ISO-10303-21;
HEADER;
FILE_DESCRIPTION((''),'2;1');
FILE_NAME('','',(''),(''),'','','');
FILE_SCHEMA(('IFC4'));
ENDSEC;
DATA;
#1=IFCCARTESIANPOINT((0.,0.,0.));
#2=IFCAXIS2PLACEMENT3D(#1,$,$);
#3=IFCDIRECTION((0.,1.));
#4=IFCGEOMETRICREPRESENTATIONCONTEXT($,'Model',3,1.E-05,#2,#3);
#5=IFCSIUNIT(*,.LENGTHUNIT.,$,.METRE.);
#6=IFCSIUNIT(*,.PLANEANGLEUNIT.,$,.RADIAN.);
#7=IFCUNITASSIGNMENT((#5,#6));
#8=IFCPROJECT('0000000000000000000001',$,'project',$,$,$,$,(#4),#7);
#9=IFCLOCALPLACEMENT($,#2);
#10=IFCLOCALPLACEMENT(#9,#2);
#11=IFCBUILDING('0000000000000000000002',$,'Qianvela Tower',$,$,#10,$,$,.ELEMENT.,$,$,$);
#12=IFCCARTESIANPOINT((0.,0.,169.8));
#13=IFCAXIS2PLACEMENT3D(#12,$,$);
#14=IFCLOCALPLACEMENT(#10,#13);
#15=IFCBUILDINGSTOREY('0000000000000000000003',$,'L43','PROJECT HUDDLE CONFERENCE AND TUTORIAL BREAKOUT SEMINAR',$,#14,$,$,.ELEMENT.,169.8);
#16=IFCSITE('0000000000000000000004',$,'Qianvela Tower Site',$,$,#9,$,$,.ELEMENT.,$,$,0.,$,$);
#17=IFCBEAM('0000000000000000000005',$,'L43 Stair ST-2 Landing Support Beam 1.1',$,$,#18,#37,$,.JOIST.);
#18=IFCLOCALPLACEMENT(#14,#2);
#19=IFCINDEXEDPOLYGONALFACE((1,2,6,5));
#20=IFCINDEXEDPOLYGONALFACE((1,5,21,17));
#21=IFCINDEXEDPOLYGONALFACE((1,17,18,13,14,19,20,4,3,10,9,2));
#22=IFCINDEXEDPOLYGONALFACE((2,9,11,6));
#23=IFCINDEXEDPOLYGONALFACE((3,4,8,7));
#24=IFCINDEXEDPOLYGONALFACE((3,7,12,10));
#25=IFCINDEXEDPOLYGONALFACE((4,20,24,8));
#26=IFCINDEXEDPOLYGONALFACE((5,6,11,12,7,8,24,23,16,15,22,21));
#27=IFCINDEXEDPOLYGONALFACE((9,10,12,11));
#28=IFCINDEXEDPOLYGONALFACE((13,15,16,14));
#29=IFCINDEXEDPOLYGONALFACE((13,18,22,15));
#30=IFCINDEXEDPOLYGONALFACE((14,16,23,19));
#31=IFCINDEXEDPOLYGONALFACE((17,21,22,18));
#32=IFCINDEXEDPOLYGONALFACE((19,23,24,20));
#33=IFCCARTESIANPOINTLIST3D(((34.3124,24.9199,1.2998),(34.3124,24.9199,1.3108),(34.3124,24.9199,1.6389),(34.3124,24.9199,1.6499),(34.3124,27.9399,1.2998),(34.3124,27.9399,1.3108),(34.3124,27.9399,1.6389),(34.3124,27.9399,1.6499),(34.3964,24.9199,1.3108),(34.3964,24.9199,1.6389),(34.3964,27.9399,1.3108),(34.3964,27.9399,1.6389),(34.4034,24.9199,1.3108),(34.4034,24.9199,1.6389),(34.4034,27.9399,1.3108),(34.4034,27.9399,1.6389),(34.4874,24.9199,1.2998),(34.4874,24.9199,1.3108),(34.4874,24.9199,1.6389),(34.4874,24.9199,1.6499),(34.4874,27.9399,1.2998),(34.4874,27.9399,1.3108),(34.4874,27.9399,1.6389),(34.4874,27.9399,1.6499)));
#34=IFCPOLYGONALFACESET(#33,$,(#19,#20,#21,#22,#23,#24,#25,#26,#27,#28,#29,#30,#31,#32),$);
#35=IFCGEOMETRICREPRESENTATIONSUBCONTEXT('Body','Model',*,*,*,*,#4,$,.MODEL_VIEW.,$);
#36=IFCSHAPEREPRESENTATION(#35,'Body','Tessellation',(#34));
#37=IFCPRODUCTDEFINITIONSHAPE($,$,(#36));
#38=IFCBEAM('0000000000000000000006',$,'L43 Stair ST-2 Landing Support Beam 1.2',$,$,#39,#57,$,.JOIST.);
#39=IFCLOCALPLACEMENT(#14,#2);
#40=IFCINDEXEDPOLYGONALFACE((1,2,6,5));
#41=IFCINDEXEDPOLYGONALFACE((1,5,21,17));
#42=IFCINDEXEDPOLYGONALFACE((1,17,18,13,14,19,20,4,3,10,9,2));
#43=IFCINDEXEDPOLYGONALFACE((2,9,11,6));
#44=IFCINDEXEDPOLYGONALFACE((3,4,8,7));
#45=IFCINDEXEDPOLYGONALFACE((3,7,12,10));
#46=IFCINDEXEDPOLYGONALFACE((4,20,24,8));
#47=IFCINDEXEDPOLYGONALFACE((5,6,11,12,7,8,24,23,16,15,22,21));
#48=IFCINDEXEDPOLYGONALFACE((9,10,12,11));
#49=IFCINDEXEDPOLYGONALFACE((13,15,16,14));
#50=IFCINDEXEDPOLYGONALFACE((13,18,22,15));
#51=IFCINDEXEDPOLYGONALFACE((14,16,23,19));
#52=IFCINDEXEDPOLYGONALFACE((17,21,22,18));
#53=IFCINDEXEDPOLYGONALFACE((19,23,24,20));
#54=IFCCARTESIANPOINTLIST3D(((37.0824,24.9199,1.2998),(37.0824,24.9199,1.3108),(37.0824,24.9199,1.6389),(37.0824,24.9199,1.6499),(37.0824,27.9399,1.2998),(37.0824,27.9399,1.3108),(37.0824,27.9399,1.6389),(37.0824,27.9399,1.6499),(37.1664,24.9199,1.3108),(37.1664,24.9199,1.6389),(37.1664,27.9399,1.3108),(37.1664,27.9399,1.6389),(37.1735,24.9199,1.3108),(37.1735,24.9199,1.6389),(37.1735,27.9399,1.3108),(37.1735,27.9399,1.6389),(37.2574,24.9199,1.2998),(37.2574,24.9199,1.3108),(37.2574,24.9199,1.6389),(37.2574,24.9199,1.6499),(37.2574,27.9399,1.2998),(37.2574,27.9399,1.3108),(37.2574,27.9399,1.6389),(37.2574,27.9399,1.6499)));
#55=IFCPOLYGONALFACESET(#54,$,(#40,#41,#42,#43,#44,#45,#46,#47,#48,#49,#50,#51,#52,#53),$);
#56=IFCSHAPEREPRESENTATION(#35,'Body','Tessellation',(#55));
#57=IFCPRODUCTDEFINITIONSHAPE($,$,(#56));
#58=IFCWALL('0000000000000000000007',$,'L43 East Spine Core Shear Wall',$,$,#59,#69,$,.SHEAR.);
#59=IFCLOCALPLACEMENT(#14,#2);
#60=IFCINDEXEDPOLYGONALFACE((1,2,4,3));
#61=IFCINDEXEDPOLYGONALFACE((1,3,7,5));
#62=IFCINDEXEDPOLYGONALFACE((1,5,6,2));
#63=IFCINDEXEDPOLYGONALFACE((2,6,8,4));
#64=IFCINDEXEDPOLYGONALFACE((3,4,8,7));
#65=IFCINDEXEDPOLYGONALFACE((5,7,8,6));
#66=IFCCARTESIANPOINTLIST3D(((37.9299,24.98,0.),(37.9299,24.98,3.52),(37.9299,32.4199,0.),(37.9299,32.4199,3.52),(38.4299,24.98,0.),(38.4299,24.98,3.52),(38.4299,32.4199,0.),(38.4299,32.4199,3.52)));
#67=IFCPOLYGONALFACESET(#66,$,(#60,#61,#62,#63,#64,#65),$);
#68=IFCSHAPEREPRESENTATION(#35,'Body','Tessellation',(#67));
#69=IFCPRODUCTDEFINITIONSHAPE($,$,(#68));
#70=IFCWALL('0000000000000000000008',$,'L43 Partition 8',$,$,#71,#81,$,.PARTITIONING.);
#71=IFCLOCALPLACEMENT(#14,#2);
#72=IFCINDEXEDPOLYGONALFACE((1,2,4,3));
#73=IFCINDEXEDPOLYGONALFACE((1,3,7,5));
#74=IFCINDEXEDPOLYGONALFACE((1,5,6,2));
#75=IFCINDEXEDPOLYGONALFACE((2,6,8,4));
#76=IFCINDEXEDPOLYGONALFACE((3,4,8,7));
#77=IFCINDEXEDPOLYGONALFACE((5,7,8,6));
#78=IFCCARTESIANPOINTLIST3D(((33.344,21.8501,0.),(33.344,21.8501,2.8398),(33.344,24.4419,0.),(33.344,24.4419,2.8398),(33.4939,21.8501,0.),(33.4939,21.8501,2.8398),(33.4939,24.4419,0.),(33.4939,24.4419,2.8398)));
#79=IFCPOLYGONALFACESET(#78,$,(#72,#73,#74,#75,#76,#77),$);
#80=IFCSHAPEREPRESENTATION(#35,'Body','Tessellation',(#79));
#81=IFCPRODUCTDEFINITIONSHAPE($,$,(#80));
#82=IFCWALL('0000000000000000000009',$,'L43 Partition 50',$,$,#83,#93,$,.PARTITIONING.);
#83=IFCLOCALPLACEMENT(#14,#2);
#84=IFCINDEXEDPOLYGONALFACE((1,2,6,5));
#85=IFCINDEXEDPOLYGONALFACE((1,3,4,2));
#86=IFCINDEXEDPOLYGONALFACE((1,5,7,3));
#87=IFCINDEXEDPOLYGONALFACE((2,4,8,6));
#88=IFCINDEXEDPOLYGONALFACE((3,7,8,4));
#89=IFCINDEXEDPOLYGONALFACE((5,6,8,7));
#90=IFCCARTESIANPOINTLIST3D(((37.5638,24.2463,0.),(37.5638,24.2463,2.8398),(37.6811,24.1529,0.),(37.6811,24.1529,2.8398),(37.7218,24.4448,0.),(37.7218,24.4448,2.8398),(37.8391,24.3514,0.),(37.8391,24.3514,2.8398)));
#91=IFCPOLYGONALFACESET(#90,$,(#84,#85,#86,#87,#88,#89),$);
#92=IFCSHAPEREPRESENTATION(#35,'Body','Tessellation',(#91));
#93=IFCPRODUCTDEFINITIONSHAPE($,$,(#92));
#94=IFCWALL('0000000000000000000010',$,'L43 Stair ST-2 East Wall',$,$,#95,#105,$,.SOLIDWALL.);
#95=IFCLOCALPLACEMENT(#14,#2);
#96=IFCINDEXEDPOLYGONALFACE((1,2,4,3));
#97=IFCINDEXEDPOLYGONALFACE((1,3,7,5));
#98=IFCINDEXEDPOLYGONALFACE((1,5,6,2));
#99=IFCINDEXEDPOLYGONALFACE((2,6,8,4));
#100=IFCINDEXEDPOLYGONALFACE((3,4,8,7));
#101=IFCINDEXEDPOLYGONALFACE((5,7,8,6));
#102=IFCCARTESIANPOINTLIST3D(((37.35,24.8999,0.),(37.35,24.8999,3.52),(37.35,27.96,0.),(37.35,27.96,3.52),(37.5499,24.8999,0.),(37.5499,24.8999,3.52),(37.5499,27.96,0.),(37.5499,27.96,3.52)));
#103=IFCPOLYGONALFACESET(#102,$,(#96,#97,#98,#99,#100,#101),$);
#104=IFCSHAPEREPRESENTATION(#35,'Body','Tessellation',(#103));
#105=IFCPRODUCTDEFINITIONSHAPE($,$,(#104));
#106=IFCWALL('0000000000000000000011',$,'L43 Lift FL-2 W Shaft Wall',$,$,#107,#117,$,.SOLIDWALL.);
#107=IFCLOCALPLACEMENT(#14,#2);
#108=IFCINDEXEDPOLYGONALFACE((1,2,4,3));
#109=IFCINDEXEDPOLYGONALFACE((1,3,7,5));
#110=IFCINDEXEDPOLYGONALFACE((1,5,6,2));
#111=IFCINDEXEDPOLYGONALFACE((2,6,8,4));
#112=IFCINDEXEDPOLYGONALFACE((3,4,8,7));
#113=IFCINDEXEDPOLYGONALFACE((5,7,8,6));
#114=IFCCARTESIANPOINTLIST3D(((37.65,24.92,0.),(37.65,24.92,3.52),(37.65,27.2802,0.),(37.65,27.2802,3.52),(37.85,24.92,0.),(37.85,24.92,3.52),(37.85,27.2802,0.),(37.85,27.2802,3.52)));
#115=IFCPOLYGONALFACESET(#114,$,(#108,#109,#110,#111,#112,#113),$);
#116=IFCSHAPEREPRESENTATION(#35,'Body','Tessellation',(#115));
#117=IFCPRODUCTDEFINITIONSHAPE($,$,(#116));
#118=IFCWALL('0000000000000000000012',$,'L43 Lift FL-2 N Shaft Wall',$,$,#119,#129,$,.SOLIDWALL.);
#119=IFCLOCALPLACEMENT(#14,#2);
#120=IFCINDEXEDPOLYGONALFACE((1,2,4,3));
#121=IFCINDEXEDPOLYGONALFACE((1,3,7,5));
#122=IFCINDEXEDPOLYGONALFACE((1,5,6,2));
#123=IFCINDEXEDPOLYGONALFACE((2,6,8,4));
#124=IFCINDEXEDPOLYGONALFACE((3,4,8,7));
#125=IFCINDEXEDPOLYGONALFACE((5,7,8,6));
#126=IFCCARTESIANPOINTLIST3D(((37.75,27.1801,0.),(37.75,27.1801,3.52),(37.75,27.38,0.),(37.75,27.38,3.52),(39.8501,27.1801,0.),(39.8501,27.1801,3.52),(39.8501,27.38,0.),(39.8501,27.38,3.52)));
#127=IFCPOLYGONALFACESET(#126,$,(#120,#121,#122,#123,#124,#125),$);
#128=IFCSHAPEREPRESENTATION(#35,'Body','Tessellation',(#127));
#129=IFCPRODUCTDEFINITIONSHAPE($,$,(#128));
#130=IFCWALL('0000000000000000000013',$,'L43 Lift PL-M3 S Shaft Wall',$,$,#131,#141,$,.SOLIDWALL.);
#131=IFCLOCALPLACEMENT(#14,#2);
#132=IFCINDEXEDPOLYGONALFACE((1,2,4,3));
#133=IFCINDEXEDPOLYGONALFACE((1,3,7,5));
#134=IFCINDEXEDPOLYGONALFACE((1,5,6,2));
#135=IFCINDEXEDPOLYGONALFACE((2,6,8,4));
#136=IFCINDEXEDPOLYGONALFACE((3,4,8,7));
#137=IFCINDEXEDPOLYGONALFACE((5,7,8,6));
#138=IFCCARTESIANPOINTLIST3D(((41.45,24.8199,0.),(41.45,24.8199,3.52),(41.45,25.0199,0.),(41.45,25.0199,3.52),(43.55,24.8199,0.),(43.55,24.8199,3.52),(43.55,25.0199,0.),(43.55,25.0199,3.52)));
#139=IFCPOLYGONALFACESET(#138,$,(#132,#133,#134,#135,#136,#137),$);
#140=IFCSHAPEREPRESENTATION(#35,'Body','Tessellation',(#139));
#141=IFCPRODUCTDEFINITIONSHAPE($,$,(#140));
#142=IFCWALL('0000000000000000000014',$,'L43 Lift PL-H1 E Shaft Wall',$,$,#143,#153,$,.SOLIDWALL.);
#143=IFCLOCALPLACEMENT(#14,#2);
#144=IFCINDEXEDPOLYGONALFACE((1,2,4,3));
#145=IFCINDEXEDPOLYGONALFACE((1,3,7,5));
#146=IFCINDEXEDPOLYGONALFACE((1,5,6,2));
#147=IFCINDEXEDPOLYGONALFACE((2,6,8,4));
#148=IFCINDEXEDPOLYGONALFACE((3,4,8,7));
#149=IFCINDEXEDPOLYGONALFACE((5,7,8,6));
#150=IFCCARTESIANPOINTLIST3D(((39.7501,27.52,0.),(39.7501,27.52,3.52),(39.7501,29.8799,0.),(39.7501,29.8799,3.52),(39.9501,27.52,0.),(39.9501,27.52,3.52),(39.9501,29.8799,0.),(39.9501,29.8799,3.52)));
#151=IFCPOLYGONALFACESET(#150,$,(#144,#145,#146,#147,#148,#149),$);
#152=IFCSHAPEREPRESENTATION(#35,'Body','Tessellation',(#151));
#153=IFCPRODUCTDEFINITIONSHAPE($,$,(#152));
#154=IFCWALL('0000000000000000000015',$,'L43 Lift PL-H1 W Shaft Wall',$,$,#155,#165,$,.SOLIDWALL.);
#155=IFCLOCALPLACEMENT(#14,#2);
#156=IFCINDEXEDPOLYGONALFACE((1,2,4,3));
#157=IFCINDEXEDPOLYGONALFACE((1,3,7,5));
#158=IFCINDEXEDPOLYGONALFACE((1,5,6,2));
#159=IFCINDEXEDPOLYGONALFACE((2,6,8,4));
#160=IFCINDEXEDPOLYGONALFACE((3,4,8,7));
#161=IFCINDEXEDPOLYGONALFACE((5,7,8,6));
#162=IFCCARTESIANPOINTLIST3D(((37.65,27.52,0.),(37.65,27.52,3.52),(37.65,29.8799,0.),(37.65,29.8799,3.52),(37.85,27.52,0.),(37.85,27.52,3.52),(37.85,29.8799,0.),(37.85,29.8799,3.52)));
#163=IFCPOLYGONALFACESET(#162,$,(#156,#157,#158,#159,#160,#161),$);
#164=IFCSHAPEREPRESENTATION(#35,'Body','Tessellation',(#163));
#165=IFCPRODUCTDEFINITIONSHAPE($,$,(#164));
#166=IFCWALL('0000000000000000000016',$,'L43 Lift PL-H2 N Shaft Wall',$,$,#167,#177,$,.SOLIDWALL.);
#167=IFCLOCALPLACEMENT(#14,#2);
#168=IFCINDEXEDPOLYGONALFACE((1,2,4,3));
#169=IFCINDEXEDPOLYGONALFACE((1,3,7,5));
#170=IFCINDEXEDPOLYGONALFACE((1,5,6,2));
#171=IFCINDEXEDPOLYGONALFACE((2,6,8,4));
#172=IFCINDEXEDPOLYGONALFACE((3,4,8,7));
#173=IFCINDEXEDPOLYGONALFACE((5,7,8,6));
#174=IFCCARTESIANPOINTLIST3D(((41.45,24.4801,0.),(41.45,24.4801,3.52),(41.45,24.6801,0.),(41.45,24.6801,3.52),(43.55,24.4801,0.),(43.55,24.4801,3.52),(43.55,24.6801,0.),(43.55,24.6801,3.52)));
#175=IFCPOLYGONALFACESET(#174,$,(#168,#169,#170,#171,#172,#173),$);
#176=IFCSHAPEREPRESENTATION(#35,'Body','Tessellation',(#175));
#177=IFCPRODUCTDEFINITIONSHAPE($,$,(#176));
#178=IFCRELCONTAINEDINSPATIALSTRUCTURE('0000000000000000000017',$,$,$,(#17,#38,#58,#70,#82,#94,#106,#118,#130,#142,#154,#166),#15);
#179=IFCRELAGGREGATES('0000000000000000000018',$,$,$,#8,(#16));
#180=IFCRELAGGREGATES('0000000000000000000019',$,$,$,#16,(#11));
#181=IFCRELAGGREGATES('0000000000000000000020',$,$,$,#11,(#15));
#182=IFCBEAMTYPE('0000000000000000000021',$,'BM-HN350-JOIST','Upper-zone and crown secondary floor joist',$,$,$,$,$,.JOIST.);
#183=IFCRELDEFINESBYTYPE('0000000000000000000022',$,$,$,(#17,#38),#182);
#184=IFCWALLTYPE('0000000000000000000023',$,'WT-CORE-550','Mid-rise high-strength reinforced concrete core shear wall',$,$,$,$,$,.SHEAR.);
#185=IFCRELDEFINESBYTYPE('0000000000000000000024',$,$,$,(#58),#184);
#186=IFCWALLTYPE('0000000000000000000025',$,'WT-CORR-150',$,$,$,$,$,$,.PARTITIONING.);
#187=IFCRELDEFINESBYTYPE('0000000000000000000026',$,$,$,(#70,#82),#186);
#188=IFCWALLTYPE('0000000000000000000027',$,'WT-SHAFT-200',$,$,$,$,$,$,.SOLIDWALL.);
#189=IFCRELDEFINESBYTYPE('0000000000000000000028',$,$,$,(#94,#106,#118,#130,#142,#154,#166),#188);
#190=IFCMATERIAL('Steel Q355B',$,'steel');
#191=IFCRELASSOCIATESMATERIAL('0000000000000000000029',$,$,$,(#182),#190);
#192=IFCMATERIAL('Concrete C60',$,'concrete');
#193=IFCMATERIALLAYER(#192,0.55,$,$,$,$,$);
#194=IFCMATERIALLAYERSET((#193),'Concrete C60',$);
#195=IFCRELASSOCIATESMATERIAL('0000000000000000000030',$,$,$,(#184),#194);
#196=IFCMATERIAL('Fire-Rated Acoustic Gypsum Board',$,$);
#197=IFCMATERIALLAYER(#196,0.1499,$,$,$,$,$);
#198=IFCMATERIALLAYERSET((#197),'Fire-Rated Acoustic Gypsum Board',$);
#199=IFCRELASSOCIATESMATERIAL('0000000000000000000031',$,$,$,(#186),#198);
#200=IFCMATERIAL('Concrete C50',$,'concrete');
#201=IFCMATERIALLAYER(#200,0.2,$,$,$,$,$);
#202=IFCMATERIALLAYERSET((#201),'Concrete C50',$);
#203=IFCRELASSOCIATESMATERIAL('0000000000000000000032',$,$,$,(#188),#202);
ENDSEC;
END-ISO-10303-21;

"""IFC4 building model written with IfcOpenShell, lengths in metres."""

from ifc_helpers import new_model, si_unit, direction, frame, frame_2d, origin, origin_2d, place, context, subcontext, project, spatial, rectangle, i_section, extrude, material, layer, layer_set, material_profile, profile_set, type_object, element, save


model = new_model("IFC4")

# Units and contexts
model_context = context("Model", 3, precision=1e-05, world=origin(), true_north=direction((0.0, 1.0)))
body_context = subcontext(model_context, "Body", "Model", "MODEL_VIEW")
ifc_project = project(units=[si_unit("LENGTHUNIT", "METRE"), si_unit("PLANEANGLEUNIT", "RADIAN")], contexts=[model_context])

# Site, building, storey
site_placement = place(None, origin())
site = spatial("IfcSite", under=ifc_project, at=site_placement, Name="Qianvela Tower Site", CompositionType="ELEMENT", RefElevation=0.0)
building_placement = place(site_placement, origin())
building = spatial("IfcBuilding", under=site, at=building_placement, Name="Qianvela Tower", CompositionType="ELEMENT")
storey_placement = place(building_placement, frame((0.0, 0.0, 169.8)))
storey = spatial("IfcBuildingStorey", under=building, at=storey_placement, Name="L43", Description="PROJECT HUDDLE CONFERENCE AND TUTORIAL BREAKOUT SEMINAR", CompositionType="ELEMENT", Elevation=169.8)

# Beams
ifc_material_1 = material(Name="Steel Q355B", Category="steel")
ifc_material_profile = material_profile(ifc_material_1, i_section(OverallWidth=0.175, OverallDepth=0.3501, WebThickness=0.0071, FlangeThickness=0.011, at=origin_2d()), Name="HN350x175x7x11")
ifc_profile_set = profile_set([ifc_material_profile], Name="Steel Q355B")
beam_type = type_object("IfcBeamType", Name="BM-HN350-JOIST", Description="Upper-zone and crown secondary floor joist", PredefinedType="JOIST", material=ifc_profile_set)
for number, where, z_axis, x_axis, name in (
    (1, (34.3999, 24.9199, 1.4749), (0.0, 1.0, 0.0), (-1.0, 0.0, 0.0), "L43 Stair ST-2 Landing Support Beam 1.1"),
    (2, (37.1699, 24.9199, 1.4749), (0.0, 1.0, 0.0), (-1.0, 0.0, 0.0), "L43 Stair ST-2 Landing Support Beam 1.2"),
):
    element("IfcBeam", number, at=place(storey_placement, frame(where, z_axis=z_axis, x_axis=x_axis)), inside=storey, type_object=beam_type, Name=name, PredefinedType="JOIST", context=body_context, shape_type="SweptSolid", body=[
        extrude(i_section(OverallWidth=0.175, OverallDepth=0.3501, WebThickness=0.0071, FlangeThickness=0.011, at=origin_2d()), origin(), (0.0, 0.0, 1.0), 3.02),
    ])

# Walls
ifc_material_2 = material(Name="Concrete C60", Category="concrete")
ifc_layer_1 = layer(ifc_material_2, 0.55)
ifc_layer_set_1 = layer_set([ifc_layer_1], Name="Concrete C60")
wall_type_1 = type_object("IfcWallType", Name="WT-CORE-550", Description="Mid-rise high-strength reinforced concrete core shear wall", PredefinedType="SHEAR", material=ifc_layer_set_1)
wall_1_placement = place(storey_placement, frame((38.1799, 24.98, 0.0), z_axis=(0.0, 0.0, 1.0), x_axis=(0.0, 1.0, 0.0)))
element("IfcWall", 3, at=wall_1_placement, inside=storey, type_object=wall_type_1, Name="L43 East Spine Core Shear Wall", PredefinedType="SHEAR", context=body_context, shape_type="SweptSolid", body=[
    extrude(rectangle(XDim=7.4399, YDim=0.5, at=frame_2d((3.72, 0.0))), origin(), (0.0, 0.0, 1.0), 3.52),
])
ifc_material_3 = material(Name="Fire-Rated Acoustic Gypsum Board")
ifc_layer_2 = layer(ifc_material_3, 0.1499)
ifc_layer_set_2 = layer_set([ifc_layer_2], Name="Fire-Rated Acoustic Gypsum Board")
wall_type_2 = type_object("IfcWallType", Name="WT-CORR-150", PredefinedType="PARTITIONING", material=ifc_layer_set_2)
wall_2_placement = place(storey_placement, frame((33.4189, 24.4419, 0.0), z_axis=(0.0, 0.0, 1.0), x_axis=(0.0, -1.0, 0.0)))
element("IfcWall", 4, at=wall_2_placement, inside=storey, type_object=wall_type_2, Name="L43 Partition 8", PredefinedType="PARTITIONING", context=body_context, shape_type="SweptSolid", body=[
    extrude(rectangle(XDim=2.5918, YDim=0.1499, at=frame_2d((1.2959, 0.0))), origin(), (0.0, 0.0, 1.0), 2.8398),
])
wall_3_placement = place(storey_placement, frame((37.7805, 24.3982, 0.0), z_axis=(0.0, 0.0, 1.0), x_axis=(-0.622698, -0.782462, 0.0)))
element("IfcWall", 5, at=wall_3_placement, inside=storey, type_object=wall_type_2, Name="L43 Partition 50", PredefinedType="PARTITIONING", context=body_context, shape_type="SweptSolid", body=[
    extrude(rectangle(XDim=0.2537, YDim=0.1499, at=frame_2d((0.127, 0.0))), origin(), (0.0, 0.0, 1.0), 2.8398),
])
ifc_material_4 = material(Name="Concrete C50", Category="concrete")
ifc_layer_3 = layer(ifc_material_4, 0.2)
ifc_layer_set_3 = layer_set([ifc_layer_3], Name="Concrete C50")
wall_type_3 = type_object("IfcWallType", Name="WT-SHAFT-200", PredefinedType="SOLIDWALL", material=ifc_layer_set_3)
wall_4_placement = place(storey_placement, frame((37.45, 24.8999, 0.0), z_axis=(0.0, 0.0, 1.0), x_axis=(0.0, 1.0, 0.0)))
element("IfcWall", 6, at=wall_4_placement, inside=storey, type_object=wall_type_3, Name="L43 Stair ST-2 East Wall", PredefinedType="SOLIDWALL", context=body_context, shape_type="SweptSolid", body=[
    extrude(rectangle(XDim=3.0601, YDim=0.2, at=frame_2d((1.53, 0.0))), origin(), (0.0, 0.0, 1.0), 3.52),
])

# Walls
wall_5_placement = place(storey_placement, frame((37.75, 24.9199, 0.0), z_axis=(0.0, 0.0, 1.0), x_axis=(0.0, 1.0, 0.0)))
element("IfcWall", 7, at=wall_5_placement, inside=storey, type_object=wall_type_3, Name="L43 Lift FL-2 W Shaft Wall", PredefinedType="SOLIDWALL", context=body_context, shape_type="SweptSolid", body=[
    extrude(rectangle(XDim=2.3601, YDim=0.2, at=frame_2d((1.1802, 0.0))), origin(), (0.0, 0.0, 1.0), 3.52),
])
wall_6_placement = place(storey_placement, frame((37.75, 27.28, 0.0), z_axis=(0.0, 0.0, 1.0), x_axis=(1.0, 0.0, 0.0)))
element("IfcWall", 8, at=wall_6_placement, inside=storey, type_object=wall_type_3, Name="L43 Lift FL-2 N Shaft Wall", PredefinedType="SOLIDWALL", context=body_context, shape_type="SweptSolid", body=[
    extrude(rectangle(XDim=2.1001, YDim=0.2, at=frame_2d((1.05, 0.0))), origin(), (0.0, 0.0, 1.0), 3.52),
])

# Walls
wall_7_placement = place(storey_placement, frame((41.45, 24.9199, 0.0), z_axis=(0.0, 0.0, 1.0), x_axis=(1.0, 0.0, 0.0)))
element("IfcWall", 9, at=wall_7_placement, inside=storey, type_object=wall_type_3, Name="L43 Lift PL-M3 S Shaft Wall", PredefinedType="SOLIDWALL", context=body_context, shape_type="SweptSolid", body=[
    extrude(rectangle(XDim=2.1001, YDim=0.2, at=frame_2d((1.05, 0.0))), origin(), (0.0, 0.0, 1.0), 3.52),
])
for number, where, z_axis, x_axis, name in (
    (10, (39.8501, 27.52, 0.0), (0.0, 0.0, 1.0), (0.0, 1.0, 0.0), "L43 Lift PL-H1 E Shaft Wall"),
    (11, (37.75, 27.52, 0.0), (0.0, 0.0, 1.0), (0.0, 1.0, 0.0), "L43 Lift PL-H1 W Shaft Wall"),
):
    element("IfcWall", number, at=place(storey_placement, frame(where, z_axis=z_axis, x_axis=x_axis)), inside=storey, type_object=wall_type_3, Name=name, PredefinedType="SOLIDWALL", context=body_context, shape_type="SweptSolid", body=[
        extrude(rectangle(XDim=2.3599, YDim=0.2, at=frame_2d((1.1799, 0.0))), origin(), (0.0, 0.0, 1.0), 3.52),
    ])
wall_8_placement = place(storey_placement, frame((41.45, 24.5801, 0.0), z_axis=(0.0, 0.0, 1.0), x_axis=(1.0, 0.0, 0.0)))
element("IfcWall", 12, at=wall_8_placement, inside=storey, type_object=wall_type_3, Name="L43 Lift PL-H2 N Shaft Wall", PredefinedType="SOLIDWALL", context=body_context, shape_type="SweptSolid", body=[
    extrude(rectangle(XDim=2.1001, YDim=0.2, at=frame_2d((1.05, 0.0))), origin(), (0.0, 0.0, 1.0), 3.52),
])

save(model, "model.ifc")
